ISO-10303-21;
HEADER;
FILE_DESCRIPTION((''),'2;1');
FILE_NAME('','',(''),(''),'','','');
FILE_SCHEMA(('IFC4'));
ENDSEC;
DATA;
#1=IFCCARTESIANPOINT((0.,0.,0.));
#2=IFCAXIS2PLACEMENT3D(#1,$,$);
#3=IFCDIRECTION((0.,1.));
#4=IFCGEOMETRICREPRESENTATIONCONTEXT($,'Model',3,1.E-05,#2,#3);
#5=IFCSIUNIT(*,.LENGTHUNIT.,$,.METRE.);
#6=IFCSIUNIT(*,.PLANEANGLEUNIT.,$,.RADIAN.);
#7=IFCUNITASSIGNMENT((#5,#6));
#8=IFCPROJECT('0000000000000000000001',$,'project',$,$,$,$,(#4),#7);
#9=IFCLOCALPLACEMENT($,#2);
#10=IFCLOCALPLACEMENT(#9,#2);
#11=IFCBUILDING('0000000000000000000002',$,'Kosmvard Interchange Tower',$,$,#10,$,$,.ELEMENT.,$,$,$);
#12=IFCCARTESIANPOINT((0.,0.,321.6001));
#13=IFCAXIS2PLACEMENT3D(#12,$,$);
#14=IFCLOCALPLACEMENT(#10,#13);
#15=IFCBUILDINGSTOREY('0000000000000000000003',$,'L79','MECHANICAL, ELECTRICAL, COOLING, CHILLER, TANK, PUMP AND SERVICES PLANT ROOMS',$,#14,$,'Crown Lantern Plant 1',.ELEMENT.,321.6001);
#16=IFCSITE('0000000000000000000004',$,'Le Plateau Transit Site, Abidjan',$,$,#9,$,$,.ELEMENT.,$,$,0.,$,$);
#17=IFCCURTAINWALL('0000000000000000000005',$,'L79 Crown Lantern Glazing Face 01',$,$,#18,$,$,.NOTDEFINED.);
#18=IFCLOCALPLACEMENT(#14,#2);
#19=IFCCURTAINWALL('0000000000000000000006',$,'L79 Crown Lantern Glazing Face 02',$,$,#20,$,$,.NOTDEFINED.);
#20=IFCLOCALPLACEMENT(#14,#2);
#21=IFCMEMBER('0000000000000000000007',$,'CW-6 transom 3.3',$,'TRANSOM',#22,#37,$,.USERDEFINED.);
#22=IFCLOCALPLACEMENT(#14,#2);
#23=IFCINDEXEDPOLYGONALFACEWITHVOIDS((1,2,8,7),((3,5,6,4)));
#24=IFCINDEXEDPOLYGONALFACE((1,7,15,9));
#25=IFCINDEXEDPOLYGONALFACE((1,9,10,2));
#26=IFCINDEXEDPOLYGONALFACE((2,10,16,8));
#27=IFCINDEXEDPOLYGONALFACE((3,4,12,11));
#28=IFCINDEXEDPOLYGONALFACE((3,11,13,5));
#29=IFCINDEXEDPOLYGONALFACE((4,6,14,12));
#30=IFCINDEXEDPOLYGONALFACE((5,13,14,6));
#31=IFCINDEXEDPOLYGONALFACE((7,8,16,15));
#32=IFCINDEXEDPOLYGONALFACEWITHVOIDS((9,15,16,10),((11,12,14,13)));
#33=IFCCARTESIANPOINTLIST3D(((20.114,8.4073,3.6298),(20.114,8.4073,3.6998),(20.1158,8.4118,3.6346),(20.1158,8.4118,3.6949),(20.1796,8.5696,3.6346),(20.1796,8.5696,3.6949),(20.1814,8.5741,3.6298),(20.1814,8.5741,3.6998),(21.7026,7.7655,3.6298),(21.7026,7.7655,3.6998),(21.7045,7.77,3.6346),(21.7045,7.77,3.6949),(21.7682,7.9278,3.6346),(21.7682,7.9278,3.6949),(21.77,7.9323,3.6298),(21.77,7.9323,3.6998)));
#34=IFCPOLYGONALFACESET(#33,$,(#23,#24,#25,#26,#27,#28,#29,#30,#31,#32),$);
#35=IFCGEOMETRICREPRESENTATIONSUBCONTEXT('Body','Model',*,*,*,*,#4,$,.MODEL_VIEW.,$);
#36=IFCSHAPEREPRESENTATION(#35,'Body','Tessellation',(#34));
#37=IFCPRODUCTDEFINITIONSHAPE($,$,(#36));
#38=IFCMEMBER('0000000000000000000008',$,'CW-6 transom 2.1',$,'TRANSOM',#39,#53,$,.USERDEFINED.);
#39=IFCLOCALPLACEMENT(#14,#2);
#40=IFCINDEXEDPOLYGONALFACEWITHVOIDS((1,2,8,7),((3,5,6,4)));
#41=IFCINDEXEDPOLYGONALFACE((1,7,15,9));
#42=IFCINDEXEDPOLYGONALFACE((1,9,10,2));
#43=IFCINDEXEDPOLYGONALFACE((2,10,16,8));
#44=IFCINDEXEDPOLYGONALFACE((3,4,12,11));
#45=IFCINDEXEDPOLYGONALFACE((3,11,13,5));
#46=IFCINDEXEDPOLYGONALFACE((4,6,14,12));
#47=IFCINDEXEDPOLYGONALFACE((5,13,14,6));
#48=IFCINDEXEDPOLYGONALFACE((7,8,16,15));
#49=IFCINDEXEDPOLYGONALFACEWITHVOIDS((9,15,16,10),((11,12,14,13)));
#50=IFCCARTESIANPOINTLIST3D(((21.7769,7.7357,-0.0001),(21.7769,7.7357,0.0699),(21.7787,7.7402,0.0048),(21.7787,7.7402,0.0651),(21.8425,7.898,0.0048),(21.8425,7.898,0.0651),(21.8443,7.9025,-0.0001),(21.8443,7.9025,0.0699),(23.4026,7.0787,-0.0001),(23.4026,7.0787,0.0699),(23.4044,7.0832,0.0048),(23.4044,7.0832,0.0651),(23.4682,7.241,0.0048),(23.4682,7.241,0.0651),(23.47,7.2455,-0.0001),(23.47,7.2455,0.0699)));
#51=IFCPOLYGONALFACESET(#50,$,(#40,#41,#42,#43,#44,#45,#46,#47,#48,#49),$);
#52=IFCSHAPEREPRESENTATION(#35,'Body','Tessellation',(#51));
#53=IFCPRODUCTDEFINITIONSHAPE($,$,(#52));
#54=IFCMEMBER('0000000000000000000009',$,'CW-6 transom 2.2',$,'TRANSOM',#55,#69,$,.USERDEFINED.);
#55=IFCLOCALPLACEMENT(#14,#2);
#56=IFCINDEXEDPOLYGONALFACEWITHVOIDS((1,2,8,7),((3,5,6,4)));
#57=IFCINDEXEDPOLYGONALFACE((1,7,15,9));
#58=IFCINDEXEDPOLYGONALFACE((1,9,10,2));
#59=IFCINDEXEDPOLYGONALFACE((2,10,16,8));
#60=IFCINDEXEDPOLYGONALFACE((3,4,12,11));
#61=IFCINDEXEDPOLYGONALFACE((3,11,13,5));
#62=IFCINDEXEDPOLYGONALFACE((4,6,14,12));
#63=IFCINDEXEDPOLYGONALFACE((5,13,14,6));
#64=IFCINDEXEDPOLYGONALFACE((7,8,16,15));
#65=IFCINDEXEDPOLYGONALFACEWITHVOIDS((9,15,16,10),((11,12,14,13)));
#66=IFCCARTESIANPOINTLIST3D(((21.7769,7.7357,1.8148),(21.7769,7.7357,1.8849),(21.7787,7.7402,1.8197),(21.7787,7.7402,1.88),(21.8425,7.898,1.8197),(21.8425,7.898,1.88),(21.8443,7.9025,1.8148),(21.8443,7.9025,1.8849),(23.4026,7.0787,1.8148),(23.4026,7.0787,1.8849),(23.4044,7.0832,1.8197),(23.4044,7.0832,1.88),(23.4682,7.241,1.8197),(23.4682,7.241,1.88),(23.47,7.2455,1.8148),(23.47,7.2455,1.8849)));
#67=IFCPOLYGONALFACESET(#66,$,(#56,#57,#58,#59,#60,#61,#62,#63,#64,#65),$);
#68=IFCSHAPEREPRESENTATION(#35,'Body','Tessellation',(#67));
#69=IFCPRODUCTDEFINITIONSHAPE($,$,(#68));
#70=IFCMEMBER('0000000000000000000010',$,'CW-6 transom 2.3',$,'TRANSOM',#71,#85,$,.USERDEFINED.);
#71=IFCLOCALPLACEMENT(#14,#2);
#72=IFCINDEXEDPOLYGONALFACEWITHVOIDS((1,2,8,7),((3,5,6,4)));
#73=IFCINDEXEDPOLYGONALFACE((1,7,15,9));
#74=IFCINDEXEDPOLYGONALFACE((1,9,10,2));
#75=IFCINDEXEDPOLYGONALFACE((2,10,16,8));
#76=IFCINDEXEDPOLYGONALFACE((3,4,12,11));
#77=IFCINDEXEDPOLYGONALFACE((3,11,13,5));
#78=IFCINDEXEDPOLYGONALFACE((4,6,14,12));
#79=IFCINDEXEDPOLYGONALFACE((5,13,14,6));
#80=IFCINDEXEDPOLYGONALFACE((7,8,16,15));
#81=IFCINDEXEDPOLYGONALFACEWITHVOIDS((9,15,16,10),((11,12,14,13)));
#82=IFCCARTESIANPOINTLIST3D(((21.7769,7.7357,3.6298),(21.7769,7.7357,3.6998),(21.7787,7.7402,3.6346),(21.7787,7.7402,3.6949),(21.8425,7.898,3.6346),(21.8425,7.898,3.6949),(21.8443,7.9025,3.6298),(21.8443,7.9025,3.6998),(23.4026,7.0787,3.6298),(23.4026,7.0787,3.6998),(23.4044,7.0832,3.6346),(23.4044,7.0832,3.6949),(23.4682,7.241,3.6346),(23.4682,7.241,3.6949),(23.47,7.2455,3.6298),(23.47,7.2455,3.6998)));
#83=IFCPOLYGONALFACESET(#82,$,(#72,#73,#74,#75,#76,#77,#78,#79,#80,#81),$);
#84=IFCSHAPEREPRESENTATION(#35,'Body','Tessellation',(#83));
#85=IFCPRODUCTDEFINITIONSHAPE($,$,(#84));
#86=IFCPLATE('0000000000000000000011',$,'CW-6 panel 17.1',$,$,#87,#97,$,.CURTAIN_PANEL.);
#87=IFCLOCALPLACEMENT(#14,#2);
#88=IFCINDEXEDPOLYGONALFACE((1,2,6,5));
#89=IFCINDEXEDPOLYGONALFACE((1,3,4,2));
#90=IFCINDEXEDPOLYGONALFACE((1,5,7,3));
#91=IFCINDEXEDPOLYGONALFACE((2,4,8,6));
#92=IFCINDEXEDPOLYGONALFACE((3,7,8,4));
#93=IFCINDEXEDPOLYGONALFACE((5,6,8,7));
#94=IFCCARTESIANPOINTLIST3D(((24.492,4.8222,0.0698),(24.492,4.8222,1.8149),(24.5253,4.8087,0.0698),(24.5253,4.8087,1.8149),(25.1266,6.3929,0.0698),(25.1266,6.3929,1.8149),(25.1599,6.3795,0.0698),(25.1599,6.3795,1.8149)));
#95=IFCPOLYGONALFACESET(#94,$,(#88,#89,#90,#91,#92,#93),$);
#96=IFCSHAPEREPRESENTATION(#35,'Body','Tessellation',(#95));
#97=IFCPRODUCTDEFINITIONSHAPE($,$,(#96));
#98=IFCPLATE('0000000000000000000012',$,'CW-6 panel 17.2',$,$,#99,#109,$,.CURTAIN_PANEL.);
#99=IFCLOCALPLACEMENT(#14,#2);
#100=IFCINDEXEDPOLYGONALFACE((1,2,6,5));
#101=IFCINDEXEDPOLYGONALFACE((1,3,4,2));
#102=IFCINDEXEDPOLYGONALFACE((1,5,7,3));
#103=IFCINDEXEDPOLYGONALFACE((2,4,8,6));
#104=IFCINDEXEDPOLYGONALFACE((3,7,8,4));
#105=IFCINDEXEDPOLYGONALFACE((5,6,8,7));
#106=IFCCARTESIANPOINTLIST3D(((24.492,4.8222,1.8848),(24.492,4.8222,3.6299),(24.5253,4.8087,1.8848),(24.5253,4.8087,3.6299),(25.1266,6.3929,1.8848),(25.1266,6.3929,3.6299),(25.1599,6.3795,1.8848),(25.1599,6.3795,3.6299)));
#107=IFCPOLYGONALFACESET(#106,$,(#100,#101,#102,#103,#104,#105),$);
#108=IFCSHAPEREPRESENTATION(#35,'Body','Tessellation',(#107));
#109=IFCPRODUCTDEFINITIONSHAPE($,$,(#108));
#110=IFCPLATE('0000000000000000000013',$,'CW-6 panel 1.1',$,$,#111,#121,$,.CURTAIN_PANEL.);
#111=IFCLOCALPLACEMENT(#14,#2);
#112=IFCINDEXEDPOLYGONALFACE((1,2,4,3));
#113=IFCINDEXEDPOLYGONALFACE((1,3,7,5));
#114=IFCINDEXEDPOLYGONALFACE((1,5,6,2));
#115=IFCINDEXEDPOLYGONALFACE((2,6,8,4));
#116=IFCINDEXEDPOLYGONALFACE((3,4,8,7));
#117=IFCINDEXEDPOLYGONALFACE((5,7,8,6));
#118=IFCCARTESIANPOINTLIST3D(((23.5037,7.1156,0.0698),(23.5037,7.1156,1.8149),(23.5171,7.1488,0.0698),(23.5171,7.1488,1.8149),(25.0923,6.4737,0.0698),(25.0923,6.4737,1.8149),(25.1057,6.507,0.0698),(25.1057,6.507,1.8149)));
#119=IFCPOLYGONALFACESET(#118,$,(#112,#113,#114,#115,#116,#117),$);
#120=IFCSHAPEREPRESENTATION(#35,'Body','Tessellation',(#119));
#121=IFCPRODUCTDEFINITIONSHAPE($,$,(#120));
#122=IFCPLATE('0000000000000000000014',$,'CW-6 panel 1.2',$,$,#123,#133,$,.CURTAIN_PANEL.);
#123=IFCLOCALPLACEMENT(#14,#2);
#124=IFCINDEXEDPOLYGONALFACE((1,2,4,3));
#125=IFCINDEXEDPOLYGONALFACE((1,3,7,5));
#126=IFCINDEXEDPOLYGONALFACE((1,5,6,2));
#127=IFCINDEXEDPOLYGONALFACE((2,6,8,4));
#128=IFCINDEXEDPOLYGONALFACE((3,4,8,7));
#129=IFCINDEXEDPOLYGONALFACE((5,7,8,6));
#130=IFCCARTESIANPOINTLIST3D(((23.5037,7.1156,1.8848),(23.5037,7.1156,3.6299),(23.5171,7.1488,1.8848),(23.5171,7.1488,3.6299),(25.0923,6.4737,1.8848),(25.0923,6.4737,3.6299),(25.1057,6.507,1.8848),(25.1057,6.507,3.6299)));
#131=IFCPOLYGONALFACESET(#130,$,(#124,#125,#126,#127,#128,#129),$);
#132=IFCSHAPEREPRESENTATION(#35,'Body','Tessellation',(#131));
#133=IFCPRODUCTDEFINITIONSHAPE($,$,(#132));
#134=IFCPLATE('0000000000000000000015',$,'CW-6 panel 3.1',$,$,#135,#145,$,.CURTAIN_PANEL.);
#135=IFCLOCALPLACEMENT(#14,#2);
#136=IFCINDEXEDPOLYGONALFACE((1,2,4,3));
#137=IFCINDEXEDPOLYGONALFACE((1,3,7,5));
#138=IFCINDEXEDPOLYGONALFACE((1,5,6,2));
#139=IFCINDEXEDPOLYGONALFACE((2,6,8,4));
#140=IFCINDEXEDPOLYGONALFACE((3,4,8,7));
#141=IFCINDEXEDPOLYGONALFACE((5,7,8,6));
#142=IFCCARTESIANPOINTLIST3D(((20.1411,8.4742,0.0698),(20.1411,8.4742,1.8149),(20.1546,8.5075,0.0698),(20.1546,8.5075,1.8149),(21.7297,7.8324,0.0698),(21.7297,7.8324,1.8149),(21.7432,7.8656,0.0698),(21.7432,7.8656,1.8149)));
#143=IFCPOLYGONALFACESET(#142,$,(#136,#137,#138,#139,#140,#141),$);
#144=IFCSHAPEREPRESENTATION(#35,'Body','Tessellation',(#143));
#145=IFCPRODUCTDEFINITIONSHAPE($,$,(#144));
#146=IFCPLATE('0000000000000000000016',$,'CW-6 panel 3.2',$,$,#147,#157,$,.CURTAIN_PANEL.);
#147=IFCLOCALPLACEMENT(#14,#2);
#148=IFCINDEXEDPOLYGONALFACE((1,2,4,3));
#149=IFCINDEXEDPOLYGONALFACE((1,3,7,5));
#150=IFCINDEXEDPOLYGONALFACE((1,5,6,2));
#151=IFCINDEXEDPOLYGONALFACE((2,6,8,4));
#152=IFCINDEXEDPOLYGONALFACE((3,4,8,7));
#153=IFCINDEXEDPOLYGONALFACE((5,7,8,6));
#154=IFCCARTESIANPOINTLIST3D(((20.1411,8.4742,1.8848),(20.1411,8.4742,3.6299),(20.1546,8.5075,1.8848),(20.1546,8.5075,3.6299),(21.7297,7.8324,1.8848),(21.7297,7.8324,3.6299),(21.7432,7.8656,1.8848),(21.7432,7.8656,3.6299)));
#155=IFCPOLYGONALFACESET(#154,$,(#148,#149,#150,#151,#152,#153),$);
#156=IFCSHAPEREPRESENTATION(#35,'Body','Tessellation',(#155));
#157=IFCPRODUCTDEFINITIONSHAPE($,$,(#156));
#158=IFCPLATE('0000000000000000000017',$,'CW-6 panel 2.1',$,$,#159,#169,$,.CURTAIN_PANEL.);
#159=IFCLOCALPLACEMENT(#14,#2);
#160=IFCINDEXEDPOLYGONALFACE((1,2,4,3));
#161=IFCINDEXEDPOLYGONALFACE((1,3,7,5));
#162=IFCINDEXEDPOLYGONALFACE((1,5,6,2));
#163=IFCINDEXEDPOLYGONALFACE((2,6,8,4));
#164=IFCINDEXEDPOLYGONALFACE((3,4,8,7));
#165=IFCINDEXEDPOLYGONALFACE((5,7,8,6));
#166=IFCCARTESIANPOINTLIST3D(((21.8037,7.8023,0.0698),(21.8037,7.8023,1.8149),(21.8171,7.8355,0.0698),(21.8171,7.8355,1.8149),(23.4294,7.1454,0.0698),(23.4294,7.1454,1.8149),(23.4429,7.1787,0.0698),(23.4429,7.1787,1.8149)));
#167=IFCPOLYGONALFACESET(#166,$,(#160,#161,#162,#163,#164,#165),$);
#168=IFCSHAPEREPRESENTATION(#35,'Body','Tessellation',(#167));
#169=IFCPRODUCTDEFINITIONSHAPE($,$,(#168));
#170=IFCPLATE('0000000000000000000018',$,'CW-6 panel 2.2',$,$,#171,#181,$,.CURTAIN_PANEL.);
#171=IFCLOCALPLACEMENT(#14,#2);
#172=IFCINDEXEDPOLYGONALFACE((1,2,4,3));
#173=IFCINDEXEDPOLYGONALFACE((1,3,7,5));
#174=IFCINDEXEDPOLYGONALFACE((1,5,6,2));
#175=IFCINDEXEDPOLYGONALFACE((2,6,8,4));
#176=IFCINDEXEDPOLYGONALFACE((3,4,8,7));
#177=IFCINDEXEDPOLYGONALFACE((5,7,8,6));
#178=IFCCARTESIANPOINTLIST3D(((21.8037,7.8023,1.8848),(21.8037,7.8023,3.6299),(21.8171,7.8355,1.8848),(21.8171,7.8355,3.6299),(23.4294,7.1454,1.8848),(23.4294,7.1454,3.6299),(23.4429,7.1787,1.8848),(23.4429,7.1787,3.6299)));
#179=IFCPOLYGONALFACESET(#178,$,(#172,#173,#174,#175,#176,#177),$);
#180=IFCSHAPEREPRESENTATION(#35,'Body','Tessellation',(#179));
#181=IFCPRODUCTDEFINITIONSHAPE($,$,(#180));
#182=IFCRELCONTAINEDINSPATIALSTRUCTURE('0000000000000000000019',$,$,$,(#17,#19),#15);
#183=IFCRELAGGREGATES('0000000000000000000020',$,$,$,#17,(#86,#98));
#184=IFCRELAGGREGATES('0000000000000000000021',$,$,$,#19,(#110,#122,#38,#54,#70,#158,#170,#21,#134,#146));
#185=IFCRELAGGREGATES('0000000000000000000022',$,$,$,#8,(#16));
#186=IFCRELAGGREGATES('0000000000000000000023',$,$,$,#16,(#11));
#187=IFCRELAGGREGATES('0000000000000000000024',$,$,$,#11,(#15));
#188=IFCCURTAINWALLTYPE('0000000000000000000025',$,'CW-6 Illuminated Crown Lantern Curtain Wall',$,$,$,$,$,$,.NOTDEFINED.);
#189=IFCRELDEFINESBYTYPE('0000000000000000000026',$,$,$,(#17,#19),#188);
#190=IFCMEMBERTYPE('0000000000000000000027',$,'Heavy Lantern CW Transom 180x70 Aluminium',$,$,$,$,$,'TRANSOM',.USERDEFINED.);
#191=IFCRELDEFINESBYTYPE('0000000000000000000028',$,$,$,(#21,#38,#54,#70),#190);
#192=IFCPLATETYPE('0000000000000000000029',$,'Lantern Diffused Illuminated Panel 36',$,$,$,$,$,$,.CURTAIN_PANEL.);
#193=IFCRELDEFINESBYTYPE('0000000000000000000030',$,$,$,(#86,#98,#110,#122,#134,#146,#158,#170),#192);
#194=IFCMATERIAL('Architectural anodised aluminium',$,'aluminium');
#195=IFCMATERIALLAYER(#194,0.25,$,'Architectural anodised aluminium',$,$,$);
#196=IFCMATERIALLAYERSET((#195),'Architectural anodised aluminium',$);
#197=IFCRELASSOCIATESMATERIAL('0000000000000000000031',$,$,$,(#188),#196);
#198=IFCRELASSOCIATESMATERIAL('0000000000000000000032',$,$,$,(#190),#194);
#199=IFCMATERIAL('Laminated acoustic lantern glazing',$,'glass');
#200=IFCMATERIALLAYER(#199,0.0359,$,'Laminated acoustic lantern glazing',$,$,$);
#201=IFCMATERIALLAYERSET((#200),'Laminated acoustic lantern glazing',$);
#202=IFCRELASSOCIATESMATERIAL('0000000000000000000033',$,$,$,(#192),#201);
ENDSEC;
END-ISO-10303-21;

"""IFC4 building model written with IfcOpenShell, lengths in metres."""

from ifc_helpers import new_model, si_unit, direction, frame, origin, origin_2d, place, context, subcontext, project, spatial, rectangle, hollow_rectangle, extrude, source, transform, mapped, material, layer, layer_set, material_profile, profile_set, type_object, element, aggregate, save


model = new_model("IFC4")

# Units and contexts
model_context = context("Model", 3, precision=1e-05, world=origin(), true_north=direction((0.0, 1.0)))
body_context = subcontext(model_context, "Body", "Model", "MODEL_VIEW")
ifc_project = project(units=[si_unit("LENGTHUNIT", "METRE"), si_unit("PLANEANGLEUNIT", "RADIAN")], contexts=[model_context])

# Site, building, storey
site_placement = place(None, origin())
site = spatial("IfcSite", under=ifc_project, at=site_placement, Name="Le Plateau Transit Site, Abidjan", CompositionType="ELEMENT", RefElevation=0.0)
building_placement = place(site_placement, origin())
building = spatial("IfcBuilding", under=site, at=building_placement, Name="Kosmvard Interchange Tower", CompositionType="ELEMENT")
storey_placement = place(building_placement, frame((0.0, 0.0, 321.6001)))
storey = spatial("IfcBuildingStorey", under=building, at=storey_placement, Name="L79", Description="MECHANICAL, ELECTRICAL, COOLING, CHILLER, TANK, PUMP AND SERVICES PLANT ROOMS", LongName="Crown Lantern Plant 1", CompositionType="ELEMENT", Elevation=321.6001)

# Curtain wall
ifc_material_1 = material(Name="Architectural anodised aluminium", Category="aluminium")
ifc_layer_1 = layer(ifc_material_1, 0.25, Name="Architectural anodised aluminium")
ifc_layer_set_1 = layer_set([ifc_layer_1], Name="Architectural anodised aluminium")
curtain_wall_type = type_object("IfcCurtainWallType", Name="CW-6 Illuminated Crown Lantern Curtain Wall", PredefinedType="NOTDEFINED", material=ifc_layer_set_1)
curtain_wall_1_placement = place(storey_placement, origin())
curtain_wall_1 = element("IfcCurtainWall", 1, at=curtain_wall_1_placement, inside=storey, type_object=curtain_wall_type, Name="L79 Crown Lantern Glazing Face 01", PredefinedType="NOTDEFINED")

# Curtain wall, members
curtain_wall_2_placement = place(storey_placement, origin())
curtain_wall_2 = element("IfcCurtainWall", 2, at=curtain_wall_2_placement, inside=storey, type_object=curtain_wall_type, Name="L79 Crown Lantern Glazing Face 02", PredefinedType="NOTDEFINED")
ifc_material_profile_1 = material_profile(ifc_material_1, hollow_rectangle(XDim=0.1799, YDim=0.0701, WallThickness=0.0049, at=origin_2d()), Name="CWT 180x70x5")
ifc_profile_set_1 = profile_set([ifc_material_profile_1], Name="Architectural anodised aluminium")
member_type_1 = type_object("IfcMemberType", Name="Heavy Lantern CW Transom 180x70 Aluminium", ElementType="TRANSOM", PredefinedType="USERDEFINED", material=ifc_profile_set_1)
shared_shape_1 = source(origin(), body_context, "Body", "SweptSolid", [
    extrude(hollow_rectangle(XDim=0.1799, YDim=0.0701, WallThickness=0.0049, at=origin_2d()), origin(), (0.0, 0.0, 1.0), 1.7134),
])
member_1_placement = place(storey_placement, frame((21.7363, 7.8489, 3.6648), z_axis=(-0.927184, 0.374607, 0.0), x_axis=(-0.374607, -0.927184, 0.0)))
member_1 = element("IfcMember", 3, at=member_1_placement, type_object=member_type_1, Name="CW-6 transom 3.3", ObjectType="TRANSOM", PredefinedType="USERDEFINED", context=body_context, shape_type="MappedRepresentation", body=[
    mapped(shared_shape_1, transform((0.0, 0.0, 0.0), scale=1.0)),
])
shared_shape_2 = source(origin(), body_context, "Body", "SweptSolid", [
    extrude(hollow_rectangle(XDim=0.1799, YDim=0.0701, WallThickness=0.0049, at=origin_2d()), origin(), (0.0, 0.0, 1.0), 1.7534),
])
member_2_placement = place(storey_placement, frame((23.4363, 7.1621, 0.0349), z_axis=(-0.927155, 0.374677, 0.0), x_axis=(-0.374677, -0.927155, 0.0)))
member_2 = element("IfcMember", 4, at=member_2_placement, type_object=member_type_1, Name="CW-6 transom 2.1", ObjectType="TRANSOM", PredefinedType="USERDEFINED", context=body_context, shape_type="MappedRepresentation", body=[
    mapped(shared_shape_2, transform((0.0, 0.0, 0.0), scale=1.0)),
])
member_3_placement = place(storey_placement, frame((23.4363, 7.1621, 1.8499), z_axis=(-0.927155, 0.374677, 0.0), x_axis=(-0.374677, -0.927155, 0.0)))
member_3 = element("IfcMember", 5, at=member_3_placement, type_object=member_type_1, Name="CW-6 transom 2.2", ObjectType="TRANSOM", PredefinedType="USERDEFINED", context=body_context, shape_type="MappedRepresentation", body=[
    mapped(shared_shape_2, transform((0.0, 0.0, 0.0), scale=1.0)),
])
member_4_placement = place(storey_placement, frame((23.4363, 7.1621, 3.6648), z_axis=(-0.927155, 0.374677, 0.0), x_axis=(-0.374677, -0.927155, 0.0)))
member_4 = element("IfcMember", 6, at=member_4_placement, type_object=member_type_1, Name="CW-6 transom 2.3", ObjectType="TRANSOM", PredefinedType="USERDEFINED", context=body_context, shape_type="MappedRepresentation", body=[
    mapped(shared_shape_2, transform((0.0, 0.0, 0.0), scale=1.0)),
])

# Plates
ifc_material_2 = material(Name="Laminated acoustic lantern glazing", Category="glass")
ifc_layer_2 = layer(ifc_material_2, 0.0359, Name="Laminated acoustic lantern glazing")
ifc_layer_set_2 = layer_set([ifc_layer_2], Name="Laminated acoustic lantern glazing")
plate_type = type_object("IfcPlateType", Name="Lantern Diffused Illuminated Panel 36", PredefinedType="CURTAIN_PANEL", material=ifc_layer_set_2)
shared_shape_3 = source(origin(), body_context, "Body", "SweptSolid", [
    extrude(rectangle(XDim=1.6941, YDim=0.0359, at=origin_2d()), origin(), (0.0, 0.0, 1.0), 1.7451),
])
plate_1_placement = place(storey_placement, frame((24.8259, 5.6008, 0.0698), z_axis=(0.0, 0.0, 1.0), x_axis=(0.374607, 0.927184, 0.0)))
plate_1 = element("IfcPlate", 7, at=plate_1_placement, type_object=plate_type, Name="CW-6 panel 17.1", PredefinedType="CURTAIN_PANEL", context=body_context, shape_type="MappedRepresentation", body=[
    mapped(shared_shape_3, transform((0.0, 0.0, 0.0), scale=1.0)),
])
plate_2_placement = place(storey_placement, frame((24.8259, 5.6008, 1.8848), z_axis=(0.0, 0.0, 1.0), x_axis=(0.374607, 0.927184, 0.0)))
plate_2 = element("IfcPlate", 8, at=plate_2_placement, type_object=plate_type, Name="CW-6 panel 17.2", PredefinedType="CURTAIN_PANEL", context=body_context, shape_type="MappedRepresentation", body=[
    mapped(shared_shape_3, transform((0.0, 0.0, 0.0), scale=1.0)),
])
aggregate(curtain_wall_1, [plate_1, plate_2])
shared_shape_4 = source(origin(), body_context, "Body", "SweptSolid", [
    extrude(rectangle(XDim=1.7134, YDim=0.0359, at=origin_2d()), origin(), (0.0, 0.0, 1.0), 1.7451),
])
plate_3_placement = place(storey_placement, frame((24.3047, 6.8113, 0.0698), z_axis=(0.0, 0.0, 1.0), x_axis=(-0.927184, 0.374607, 0.0)))
plate_3 = element("IfcPlate", 9, at=plate_3_placement, type_object=plate_type, Name="CW-6 panel 1.1", PredefinedType="CURTAIN_PANEL", context=body_context, shape_type="MappedRepresentation", body=[
    mapped(shared_shape_4, transform((0.0, 0.0, 0.0), scale=1.0)),
])
plate_4_placement = place(storey_placement, frame((24.3047, 6.8113, 1.8848), z_axis=(0.0, 0.0, 1.0), x_axis=(-0.927184, 0.374607, 0.0)))
plate_4 = element("IfcPlate", 10, at=plate_4_placement, type_object=plate_type, Name="CW-6 panel 1.2", PredefinedType="CURTAIN_PANEL", context=body_context, shape_type="MappedRepresentation", body=[
    mapped(shared_shape_4, transform((0.0, 0.0, 0.0), scale=1.0)),
])
plate_5_placement = place(storey_placement, frame((20.9421, 8.1699, 0.0698), z_axis=(0.0, 0.0, 1.0), x_axis=(-0.927184, 0.374607, 0.0)))
plate_5 = element("IfcPlate", 11, at=plate_5_placement, type_object=plate_type, Name="CW-6 panel 3.1", PredefinedType="CURTAIN_PANEL", context=body_context, shape_type="MappedRepresentation", body=[
    mapped(shared_shape_4, transform((0.0, 0.0, 0.0), scale=1.0)),
])
plate_6_placement = place(storey_placement, frame((20.9421, 8.1699, 1.8848), z_axis=(0.0, 0.0, 1.0), x_axis=(-0.927184, 0.374607, 0.0)))
plate_6 = element("IfcPlate", 12, at=plate_6_placement, type_object=plate_type, Name="CW-6 panel 3.2", PredefinedType="CURTAIN_PANEL", context=body_context, shape_type="MappedRepresentation", body=[
    mapped(shared_shape_4, transform((0.0, 0.0, 0.0), scale=1.0)),
])
shared_shape_5 = source(origin(), body_context, "Body", "SweptSolid", [
    extrude(rectangle(XDim=1.7534, YDim=0.0359, at=origin_2d()), origin(), (0.0, 0.0, 1.0), 1.7451),
])
plate_7_placement = place(storey_placement, frame((22.6233, 7.4905, 0.0698), z_axis=(0.0, 0.0, 1.0), x_axis=(-0.927184, 0.374607, 0.0)))
plate_7 = element("IfcPlate", 13, at=plate_7_placement, type_object=plate_type, Name="CW-6 panel 2.1", PredefinedType="CURTAIN_PANEL", context=body_context, shape_type="MappedRepresentation", body=[
    mapped(shared_shape_5, transform((0.0, 0.0, 0.0), scale=1.0)),
])
plate_8_placement = place(storey_placement, frame((22.6233, 7.4905, 1.8848), z_axis=(0.0, 0.0, 1.0), x_axis=(-0.927184, 0.374607, 0.0)))
plate_8 = element("IfcPlate", 14, at=plate_8_placement, type_object=plate_type, Name="CW-6 panel 2.2", PredefinedType="CURTAIN_PANEL", context=body_context, shape_type="MappedRepresentation", body=[
    mapped(shared_shape_5, transform((0.0, 0.0, 0.0), scale=1.0)),
])
aggregate(curtain_wall_2, [plate_3, plate_4, member_2, member_3, member_4, plate_7, plate_8, member_1, plate_5, plate_6])

save(model, "model.ifc")
